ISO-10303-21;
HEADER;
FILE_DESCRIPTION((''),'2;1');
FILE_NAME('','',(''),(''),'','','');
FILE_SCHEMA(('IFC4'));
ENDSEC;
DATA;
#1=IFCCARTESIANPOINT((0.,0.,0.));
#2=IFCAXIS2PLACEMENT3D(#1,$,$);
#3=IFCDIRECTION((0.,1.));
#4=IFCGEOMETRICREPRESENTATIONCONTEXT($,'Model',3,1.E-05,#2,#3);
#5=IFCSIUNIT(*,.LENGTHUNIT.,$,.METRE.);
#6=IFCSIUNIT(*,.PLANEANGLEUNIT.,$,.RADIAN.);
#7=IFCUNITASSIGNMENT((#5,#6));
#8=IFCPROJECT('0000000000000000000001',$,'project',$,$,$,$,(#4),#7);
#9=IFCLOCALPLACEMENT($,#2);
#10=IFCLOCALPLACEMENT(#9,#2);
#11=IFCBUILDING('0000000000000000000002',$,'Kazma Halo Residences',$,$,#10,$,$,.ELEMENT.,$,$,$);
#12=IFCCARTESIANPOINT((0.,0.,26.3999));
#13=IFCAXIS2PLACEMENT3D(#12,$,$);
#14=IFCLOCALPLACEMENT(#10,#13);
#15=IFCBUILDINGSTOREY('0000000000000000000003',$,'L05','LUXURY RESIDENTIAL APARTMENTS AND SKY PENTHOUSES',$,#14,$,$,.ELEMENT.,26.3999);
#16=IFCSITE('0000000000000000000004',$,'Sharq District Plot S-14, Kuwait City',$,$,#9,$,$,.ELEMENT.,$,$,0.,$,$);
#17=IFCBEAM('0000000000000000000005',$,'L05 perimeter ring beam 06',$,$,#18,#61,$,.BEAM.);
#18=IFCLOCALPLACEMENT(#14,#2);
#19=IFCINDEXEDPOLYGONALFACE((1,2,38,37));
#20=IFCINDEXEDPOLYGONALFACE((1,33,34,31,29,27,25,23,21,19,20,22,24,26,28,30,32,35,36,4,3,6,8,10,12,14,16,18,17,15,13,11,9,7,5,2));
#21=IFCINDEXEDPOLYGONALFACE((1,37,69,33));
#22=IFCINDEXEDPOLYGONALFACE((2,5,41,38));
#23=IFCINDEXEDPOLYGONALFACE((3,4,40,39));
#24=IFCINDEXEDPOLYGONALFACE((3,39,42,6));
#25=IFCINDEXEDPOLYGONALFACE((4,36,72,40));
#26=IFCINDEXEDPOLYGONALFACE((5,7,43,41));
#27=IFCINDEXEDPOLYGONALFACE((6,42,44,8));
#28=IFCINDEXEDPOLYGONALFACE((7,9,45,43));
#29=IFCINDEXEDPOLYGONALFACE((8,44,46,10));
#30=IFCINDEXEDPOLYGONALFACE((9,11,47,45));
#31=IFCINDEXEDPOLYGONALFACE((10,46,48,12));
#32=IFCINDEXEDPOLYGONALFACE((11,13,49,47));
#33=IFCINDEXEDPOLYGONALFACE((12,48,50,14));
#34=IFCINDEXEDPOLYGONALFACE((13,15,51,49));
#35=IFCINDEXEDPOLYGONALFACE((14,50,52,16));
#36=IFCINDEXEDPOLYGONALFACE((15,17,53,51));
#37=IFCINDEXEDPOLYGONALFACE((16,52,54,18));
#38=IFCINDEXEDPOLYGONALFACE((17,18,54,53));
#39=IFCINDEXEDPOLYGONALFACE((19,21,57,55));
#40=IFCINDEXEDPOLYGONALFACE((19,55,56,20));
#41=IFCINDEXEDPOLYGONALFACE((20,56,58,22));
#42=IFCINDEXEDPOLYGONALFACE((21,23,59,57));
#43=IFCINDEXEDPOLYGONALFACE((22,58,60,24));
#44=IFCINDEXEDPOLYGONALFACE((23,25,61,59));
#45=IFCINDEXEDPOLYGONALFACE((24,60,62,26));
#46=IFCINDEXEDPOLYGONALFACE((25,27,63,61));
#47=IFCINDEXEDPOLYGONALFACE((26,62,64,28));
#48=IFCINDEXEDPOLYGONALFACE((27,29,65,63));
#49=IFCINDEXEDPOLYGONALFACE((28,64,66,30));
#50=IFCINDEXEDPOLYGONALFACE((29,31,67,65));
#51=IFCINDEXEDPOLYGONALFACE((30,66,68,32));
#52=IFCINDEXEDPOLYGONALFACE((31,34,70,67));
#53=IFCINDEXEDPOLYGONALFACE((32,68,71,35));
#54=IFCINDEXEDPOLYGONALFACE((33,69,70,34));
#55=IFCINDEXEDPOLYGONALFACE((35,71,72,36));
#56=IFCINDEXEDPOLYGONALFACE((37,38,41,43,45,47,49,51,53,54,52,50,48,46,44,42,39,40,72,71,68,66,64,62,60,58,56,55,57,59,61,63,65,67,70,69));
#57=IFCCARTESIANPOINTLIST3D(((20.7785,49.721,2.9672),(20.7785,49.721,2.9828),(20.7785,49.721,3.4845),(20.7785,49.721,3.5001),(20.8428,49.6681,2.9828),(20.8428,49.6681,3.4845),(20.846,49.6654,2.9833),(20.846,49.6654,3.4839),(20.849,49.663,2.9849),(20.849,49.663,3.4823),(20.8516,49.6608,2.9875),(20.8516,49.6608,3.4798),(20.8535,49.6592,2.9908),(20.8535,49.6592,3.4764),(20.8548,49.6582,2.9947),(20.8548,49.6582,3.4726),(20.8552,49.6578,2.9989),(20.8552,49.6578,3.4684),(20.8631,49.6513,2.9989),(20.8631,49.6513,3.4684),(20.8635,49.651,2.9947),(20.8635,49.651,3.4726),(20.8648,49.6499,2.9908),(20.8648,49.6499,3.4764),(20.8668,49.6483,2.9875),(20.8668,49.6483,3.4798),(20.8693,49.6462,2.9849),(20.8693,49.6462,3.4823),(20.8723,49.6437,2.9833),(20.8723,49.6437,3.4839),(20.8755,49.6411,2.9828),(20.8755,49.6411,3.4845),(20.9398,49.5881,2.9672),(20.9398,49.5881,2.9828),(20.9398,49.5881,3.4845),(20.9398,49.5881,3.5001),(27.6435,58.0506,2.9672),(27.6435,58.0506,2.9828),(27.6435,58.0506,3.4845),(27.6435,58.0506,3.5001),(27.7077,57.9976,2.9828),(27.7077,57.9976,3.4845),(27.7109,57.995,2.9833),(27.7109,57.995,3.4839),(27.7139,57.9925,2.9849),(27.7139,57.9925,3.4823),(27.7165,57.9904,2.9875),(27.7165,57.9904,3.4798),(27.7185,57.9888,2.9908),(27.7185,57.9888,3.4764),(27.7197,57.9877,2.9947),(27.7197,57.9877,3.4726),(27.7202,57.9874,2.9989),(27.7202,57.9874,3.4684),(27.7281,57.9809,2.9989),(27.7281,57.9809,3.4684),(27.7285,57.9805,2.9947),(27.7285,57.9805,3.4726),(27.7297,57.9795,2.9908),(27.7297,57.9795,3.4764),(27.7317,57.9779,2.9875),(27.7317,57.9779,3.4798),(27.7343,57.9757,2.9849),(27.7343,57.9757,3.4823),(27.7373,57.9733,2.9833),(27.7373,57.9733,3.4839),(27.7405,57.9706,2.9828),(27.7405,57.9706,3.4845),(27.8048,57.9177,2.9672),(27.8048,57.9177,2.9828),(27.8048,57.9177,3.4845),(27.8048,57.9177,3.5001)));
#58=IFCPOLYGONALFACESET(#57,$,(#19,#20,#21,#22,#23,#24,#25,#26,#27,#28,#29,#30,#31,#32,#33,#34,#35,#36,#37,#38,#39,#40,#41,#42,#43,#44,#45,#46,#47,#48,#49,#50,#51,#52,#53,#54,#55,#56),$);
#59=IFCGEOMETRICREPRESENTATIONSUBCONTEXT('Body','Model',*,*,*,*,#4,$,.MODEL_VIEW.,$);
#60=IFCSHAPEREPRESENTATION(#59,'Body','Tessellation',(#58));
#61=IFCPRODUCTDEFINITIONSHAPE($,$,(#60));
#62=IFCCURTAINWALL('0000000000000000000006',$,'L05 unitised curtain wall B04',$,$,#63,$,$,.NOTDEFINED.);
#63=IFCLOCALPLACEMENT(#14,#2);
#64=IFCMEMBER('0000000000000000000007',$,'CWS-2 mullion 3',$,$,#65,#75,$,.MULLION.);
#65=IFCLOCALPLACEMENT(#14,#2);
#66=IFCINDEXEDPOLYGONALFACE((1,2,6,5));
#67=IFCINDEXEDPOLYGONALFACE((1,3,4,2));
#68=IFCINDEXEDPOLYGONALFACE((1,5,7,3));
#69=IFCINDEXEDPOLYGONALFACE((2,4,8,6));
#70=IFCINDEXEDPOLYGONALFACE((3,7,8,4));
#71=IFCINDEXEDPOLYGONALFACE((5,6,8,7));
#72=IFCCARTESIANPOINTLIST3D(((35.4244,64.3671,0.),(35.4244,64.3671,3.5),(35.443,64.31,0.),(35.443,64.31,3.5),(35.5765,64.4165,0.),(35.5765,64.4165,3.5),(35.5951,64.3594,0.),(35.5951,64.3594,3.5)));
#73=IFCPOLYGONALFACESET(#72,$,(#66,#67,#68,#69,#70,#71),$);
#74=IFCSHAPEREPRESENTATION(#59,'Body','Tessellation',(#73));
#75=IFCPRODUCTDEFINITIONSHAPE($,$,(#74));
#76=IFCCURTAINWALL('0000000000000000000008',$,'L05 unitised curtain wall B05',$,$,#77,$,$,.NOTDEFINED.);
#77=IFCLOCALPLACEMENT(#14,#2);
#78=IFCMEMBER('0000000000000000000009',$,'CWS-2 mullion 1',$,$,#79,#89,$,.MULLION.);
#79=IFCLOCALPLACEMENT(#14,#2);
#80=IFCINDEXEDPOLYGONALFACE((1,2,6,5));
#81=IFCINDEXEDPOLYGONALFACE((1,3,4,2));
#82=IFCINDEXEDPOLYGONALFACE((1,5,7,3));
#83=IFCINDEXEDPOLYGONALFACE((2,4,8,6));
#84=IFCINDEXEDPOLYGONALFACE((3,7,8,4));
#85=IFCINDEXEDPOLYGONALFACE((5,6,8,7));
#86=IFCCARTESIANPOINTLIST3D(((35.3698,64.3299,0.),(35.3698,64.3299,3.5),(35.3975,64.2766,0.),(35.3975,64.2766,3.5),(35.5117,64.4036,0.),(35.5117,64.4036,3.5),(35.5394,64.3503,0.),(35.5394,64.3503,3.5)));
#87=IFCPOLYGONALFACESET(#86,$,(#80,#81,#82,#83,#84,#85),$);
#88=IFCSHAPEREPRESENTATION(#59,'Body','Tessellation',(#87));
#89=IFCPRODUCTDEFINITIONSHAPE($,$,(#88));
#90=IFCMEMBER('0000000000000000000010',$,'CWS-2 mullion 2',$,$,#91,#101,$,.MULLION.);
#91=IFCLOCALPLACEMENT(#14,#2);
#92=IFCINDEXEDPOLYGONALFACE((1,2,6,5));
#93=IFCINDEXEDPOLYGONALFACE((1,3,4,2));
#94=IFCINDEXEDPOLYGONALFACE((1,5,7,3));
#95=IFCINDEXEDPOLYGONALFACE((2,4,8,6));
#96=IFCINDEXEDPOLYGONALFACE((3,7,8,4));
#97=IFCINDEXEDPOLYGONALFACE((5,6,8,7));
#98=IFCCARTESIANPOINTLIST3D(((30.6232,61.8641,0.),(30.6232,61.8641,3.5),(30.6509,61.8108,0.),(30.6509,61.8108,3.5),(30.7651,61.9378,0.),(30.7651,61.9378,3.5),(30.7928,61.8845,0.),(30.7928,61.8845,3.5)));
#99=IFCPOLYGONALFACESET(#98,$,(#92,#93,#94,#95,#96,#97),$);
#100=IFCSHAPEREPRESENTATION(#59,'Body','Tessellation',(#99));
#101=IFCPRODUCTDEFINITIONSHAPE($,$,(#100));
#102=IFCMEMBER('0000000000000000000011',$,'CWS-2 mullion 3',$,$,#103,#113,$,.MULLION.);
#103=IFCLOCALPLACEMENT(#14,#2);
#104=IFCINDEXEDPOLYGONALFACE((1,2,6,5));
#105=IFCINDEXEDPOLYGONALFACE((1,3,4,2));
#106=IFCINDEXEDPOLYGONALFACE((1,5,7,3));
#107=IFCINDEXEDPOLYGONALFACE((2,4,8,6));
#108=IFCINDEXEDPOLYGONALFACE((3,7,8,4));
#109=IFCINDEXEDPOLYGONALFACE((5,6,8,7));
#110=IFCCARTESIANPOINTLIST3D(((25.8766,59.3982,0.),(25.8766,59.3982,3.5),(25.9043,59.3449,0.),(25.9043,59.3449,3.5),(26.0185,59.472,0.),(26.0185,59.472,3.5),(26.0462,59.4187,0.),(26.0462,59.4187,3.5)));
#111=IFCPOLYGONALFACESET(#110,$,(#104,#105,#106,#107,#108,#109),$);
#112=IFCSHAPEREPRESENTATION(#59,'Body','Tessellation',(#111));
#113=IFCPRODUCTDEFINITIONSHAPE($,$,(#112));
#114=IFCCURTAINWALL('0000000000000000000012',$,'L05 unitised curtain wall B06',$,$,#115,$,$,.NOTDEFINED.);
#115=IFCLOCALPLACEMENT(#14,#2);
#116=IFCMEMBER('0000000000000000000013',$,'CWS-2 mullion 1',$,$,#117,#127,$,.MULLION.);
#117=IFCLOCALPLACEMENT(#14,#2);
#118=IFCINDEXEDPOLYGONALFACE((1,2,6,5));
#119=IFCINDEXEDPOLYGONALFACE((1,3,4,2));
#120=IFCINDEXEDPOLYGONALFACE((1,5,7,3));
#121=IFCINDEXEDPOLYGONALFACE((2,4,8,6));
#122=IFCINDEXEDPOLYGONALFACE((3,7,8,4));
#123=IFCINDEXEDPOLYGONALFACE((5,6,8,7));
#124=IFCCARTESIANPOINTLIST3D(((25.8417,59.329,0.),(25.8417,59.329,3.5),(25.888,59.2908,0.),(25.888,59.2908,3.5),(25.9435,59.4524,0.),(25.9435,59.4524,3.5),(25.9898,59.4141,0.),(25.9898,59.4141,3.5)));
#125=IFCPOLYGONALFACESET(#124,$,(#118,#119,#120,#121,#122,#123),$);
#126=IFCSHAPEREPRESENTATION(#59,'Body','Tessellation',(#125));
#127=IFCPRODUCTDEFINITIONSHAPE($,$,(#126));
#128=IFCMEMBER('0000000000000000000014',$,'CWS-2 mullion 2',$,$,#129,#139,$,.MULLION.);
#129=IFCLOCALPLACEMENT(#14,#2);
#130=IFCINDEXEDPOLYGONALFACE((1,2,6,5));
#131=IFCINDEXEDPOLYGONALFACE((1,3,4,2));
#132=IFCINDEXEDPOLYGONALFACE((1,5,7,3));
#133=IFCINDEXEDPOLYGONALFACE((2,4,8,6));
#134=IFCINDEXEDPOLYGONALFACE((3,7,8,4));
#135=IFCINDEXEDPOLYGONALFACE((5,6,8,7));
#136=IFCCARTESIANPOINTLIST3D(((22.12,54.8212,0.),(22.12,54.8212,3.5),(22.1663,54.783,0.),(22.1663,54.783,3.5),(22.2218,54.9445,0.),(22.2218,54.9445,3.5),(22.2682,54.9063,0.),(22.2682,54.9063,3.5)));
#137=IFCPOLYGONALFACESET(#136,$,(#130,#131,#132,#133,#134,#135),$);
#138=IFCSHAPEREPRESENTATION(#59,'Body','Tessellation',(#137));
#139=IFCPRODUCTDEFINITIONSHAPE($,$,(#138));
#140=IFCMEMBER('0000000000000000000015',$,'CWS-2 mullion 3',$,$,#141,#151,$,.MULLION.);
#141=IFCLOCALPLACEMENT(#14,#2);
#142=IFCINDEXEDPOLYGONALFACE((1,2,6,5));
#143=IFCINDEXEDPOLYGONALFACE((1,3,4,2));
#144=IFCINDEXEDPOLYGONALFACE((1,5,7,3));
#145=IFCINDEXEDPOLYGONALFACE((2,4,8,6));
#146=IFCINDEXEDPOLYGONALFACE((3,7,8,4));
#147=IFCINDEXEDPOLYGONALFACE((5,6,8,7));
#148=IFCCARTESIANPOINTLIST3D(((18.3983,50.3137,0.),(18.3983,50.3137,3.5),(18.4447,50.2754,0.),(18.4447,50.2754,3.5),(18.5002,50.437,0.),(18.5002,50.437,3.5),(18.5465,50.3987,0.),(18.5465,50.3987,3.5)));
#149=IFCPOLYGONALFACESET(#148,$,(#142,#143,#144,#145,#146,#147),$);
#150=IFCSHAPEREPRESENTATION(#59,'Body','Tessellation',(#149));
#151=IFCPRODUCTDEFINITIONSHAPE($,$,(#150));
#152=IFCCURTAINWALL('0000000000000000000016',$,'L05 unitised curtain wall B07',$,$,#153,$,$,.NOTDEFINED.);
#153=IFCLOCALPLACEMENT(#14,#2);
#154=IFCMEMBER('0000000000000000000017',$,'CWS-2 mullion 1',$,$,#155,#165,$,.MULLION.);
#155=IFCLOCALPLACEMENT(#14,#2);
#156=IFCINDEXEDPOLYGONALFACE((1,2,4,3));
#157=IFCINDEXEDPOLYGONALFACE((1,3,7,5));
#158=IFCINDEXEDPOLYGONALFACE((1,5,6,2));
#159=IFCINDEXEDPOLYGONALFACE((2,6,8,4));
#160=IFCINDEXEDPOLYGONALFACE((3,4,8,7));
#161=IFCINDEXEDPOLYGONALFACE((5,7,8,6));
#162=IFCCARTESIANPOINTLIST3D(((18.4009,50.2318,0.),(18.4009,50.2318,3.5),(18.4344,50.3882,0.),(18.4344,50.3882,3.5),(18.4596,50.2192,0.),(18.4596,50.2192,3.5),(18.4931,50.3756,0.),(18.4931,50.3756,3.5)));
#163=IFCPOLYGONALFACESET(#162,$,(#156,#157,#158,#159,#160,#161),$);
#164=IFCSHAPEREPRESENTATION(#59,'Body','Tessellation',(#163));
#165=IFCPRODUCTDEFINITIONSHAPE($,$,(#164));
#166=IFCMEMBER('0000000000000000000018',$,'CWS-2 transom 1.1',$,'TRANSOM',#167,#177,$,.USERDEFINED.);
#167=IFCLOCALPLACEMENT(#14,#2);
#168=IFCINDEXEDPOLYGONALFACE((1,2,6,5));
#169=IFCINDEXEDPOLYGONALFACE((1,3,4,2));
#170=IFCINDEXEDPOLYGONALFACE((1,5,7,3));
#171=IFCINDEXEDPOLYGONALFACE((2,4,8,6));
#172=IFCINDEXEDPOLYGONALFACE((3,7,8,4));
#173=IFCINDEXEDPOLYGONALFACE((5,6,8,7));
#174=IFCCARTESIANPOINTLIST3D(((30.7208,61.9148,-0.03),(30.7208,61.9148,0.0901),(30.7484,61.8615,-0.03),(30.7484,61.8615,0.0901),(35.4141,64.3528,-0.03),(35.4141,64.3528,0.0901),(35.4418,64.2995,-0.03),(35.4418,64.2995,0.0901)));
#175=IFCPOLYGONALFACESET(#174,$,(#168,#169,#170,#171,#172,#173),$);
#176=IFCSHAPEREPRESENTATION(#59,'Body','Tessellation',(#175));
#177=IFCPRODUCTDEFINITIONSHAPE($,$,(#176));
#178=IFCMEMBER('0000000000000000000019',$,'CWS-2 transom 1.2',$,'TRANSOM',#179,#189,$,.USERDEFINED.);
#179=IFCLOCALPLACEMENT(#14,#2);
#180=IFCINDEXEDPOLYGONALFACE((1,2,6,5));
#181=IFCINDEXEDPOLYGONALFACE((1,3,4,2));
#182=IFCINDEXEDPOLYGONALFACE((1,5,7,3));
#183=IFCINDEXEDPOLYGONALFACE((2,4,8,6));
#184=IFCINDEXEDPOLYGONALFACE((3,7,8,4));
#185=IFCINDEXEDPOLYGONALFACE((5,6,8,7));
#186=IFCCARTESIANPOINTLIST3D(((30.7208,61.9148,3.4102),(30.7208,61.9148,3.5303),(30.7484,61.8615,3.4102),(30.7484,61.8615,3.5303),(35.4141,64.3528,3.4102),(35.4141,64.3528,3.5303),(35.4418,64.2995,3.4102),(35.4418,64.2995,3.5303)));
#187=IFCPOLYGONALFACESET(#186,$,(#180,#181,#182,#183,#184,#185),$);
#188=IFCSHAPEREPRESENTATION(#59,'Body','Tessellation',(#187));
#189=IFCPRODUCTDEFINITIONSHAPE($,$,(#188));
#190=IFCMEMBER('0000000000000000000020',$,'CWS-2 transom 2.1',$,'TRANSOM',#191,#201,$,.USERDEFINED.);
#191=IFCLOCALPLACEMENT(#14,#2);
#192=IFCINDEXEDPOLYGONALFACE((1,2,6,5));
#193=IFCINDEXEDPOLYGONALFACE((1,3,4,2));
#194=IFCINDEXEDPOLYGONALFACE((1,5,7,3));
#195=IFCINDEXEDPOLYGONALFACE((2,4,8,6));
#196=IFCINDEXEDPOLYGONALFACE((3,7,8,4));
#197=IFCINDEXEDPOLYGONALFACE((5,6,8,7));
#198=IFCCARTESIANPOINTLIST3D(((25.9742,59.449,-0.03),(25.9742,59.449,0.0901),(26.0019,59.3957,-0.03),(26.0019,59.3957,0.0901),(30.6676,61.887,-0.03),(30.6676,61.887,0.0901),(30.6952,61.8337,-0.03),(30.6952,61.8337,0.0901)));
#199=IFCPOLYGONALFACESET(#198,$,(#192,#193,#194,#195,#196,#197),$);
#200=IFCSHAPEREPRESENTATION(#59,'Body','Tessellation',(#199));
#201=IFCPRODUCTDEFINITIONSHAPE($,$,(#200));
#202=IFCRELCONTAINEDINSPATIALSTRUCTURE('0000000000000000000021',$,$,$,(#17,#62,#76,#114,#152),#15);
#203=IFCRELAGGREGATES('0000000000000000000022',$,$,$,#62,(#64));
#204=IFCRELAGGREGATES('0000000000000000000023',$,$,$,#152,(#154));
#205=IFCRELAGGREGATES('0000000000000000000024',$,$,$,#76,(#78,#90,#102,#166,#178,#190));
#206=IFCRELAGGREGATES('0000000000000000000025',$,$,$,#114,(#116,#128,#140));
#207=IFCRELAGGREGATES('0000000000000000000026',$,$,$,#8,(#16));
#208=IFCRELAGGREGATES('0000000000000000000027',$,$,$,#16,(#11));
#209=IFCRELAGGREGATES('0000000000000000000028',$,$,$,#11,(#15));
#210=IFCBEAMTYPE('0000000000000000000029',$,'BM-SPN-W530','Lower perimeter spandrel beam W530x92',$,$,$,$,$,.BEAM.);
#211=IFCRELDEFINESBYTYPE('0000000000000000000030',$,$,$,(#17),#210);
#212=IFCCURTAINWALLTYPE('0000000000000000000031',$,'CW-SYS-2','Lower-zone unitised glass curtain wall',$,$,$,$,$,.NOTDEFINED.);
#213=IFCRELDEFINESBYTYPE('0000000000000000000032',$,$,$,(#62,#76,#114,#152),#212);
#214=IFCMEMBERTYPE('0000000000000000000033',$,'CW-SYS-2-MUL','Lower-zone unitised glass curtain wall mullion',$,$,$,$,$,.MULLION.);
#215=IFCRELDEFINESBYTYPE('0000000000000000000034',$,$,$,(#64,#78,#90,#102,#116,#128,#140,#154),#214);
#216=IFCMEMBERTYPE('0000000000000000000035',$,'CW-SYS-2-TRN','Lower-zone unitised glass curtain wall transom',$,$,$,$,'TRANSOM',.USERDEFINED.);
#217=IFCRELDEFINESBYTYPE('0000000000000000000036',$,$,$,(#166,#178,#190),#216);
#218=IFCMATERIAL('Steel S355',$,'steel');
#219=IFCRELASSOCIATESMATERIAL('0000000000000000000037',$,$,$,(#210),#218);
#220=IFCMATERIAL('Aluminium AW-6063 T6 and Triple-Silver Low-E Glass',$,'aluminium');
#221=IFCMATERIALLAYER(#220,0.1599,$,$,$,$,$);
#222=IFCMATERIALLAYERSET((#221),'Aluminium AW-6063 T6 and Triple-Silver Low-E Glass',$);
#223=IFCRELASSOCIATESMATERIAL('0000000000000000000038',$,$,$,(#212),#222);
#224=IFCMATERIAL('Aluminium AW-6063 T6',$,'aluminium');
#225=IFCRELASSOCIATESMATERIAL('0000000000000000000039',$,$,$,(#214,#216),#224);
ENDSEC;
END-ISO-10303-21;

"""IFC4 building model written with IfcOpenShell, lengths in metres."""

from ifc_helpers import new_model, si_unit, direction, frame, origin, origin_2d, place, context, subcontext, project, spatial, rectangle, i_section, extrude, material, layer, layer_set, material_profile, profile_set, type_object, element, aggregate, save


model = new_model("IFC4")

# Units and contexts
model_context = context("Model", 3, precision=1e-05, world=origin(), true_north=direction((0.0, 1.0)))
body_context = subcontext(model_context, "Body", "Model", "MODEL_VIEW")
ifc_project = project(units=[si_unit("LENGTHUNIT", "METRE"), si_unit("PLANEANGLEUNIT", "RADIAN")], contexts=[model_context])

# Site, building, storey
site_placement = place(None, origin())
site = spatial("IfcSite", under=ifc_project, at=site_placement, Name="Sharq District Plot S-14, Kuwait City", CompositionType="ELEMENT", RefElevation=0.0)
building_placement = place(site_placement, origin())
building = spatial("IfcBuilding", under=site, at=building_placement, Name="Kazma Halo Residences", CompositionType="ELEMENT")
storey_placement = place(building_placement, frame((0.0, 0.0, 26.3999)))
storey = spatial("IfcBuildingStorey", under=building, at=storey_placement, Name="L05", Description="LUXURY RESIDENTIAL APARTMENTS AND SKY PENTHOUSES", CompositionType="ELEMENT", Elevation=26.3999)

# Beam
ifc_material_1 = material(Name="Steel S355", Category="steel")
ifc_material_profile_1 = material_profile(ifc_material_1, i_section(OverallWidth=0.209, OverallDepth=0.533, WebThickness=0.0103, FlangeThickness=0.0156, FilletRadius=0.0161, at=origin_2d()), Name="W530x92")
ifc_profile_set_1 = profile_set([ifc_material_profile_1], Name="Steel S355")
beam_type_1 = type_object("IfcBeamType", Name="BM-SPN-W530", Description="Lower perimeter spandrel beam W530x92", PredefinedType="BEAM", material=ifc_profile_set_1)
beam_1_placement = place(storey_placement, frame((27.7241, 57.9841, 3.2336), z_axis=(-0.636001, -0.771688, 0.0), x_axis=(0.771688, -0.636001, 0.0)))
element("IfcBeam", 1, at=beam_1_placement, inside=storey, type_object=beam_type_1, Name="L05 perimeter ring beam 06", PredefinedType="BEAM", context=body_context, shape_type="SweptSolid", body=[
    extrude(i_section(OverallWidth=0.209, OverallDepth=0.533, WebThickness=0.0103, FlangeThickness=0.0156, FilletRadius=0.0161, at=origin_2d()), origin(), (0.0, 0.0, 1.0), 10.7939),
])

# Curtain wall, member
ifc_material_2 = material(Name="Aluminium AW-6063 T6 and Triple-Silver Low-E Glass", Category="aluminium")
ifc_layer_1 = layer(ifc_material_2, 0.1599)
ifc_layer_set_1 = layer_set([ifc_layer_1], Name="Aluminium AW-6063 T6 and Triple-Silver Low-E Glass")
curtain_wall_type = type_object("IfcCurtainWallType", Name="CW-SYS-2", Description="Lower-zone unitised glass curtain wall", PredefinedType="NOTDEFINED", material=ifc_layer_set_1)
curtain_wall_1_placement = place(storey_placement, origin())
curtain_wall_1 = element("IfcCurtainWall", 2, at=curtain_wall_1_placement, inside=storey, type_object=curtain_wall_type, Name="L05 unitised curtain wall B04", PredefinedType="NOTDEFINED")
ifc_material_3 = material(Name="Aluminium AW-6063 T6", Category="aluminium")
ifc_material_profile_2 = material_profile(ifc_material_3, rectangle(XDim=0.0601, YDim=0.1599, at=origin_2d()), Name="CWM-60x160")
ifc_profile_set_2 = profile_set([ifc_material_profile_2], Name="Aluminium AW-6063 T6")
member_type_1 = type_object("IfcMemberType", Name="CW-SYS-2-MUL", Description="Lower-zone unitised glass curtain wall mullion", PredefinedType="MULLION", material=ifc_profile_set_2)
member_1_placement = place(storey_placement, frame((35.5098, 64.3633, 0.0), z_axis=(0.0, 0.0, 1.0), x_axis=(0.309013, -0.951058, 0.0)))
member_1 = element("IfcMember", 3, at=member_1_placement, type_object=member_type_1, Name="CWS-2 mullion 3", PredefinedType="MULLION", context=body_context, shape_type="SweptSolid", body=[
    extrude(rectangle(XDim=0.0601, YDim=0.1599, at=origin_2d()), origin(), (0.0, 0.0, 1.0), 3.5),
])
aggregate(curtain_wall_1, [member_1])

# Curtain walls, members
curtain_wall_2_placement = place(storey_placement, origin())
curtain_wall_2 = element("IfcCurtainWall", 4, at=curtain_wall_2_placement, inside=storey, type_object=curtain_wall_type, Name="L05 unitised curtain wall B05", PredefinedType="NOTDEFINED")
member_2_placement = place(storey_placement, frame((35.4546, 64.3401, 0.0), z_axis=(0.0, 0.0, 1.0), x_axis=(0.460996, -0.887402, 0.0)))
member_2 = element("IfcMember", 5, at=member_2_placement, type_object=member_type_1, Name="CWS-2 mullion 1", PredefinedType="MULLION", context=body_context, shape_type="SweptSolid", body=[
    extrude(rectangle(XDim=0.0601, YDim=0.1599, at=origin_2d()), origin(), (0.0, 0.0, 1.0), 3.5),
])
member_3_placement = place(storey_placement, frame((30.708, 61.8743, 0.0), z_axis=(0.0, 0.0, 1.0), x_axis=(0.460996, -0.887402, 0.0)))
member_3 = element("IfcMember", 6, at=member_3_placement, type_object=member_type_1, Name="CWS-2 mullion 2", PredefinedType="MULLION", context=body_context, shape_type="SweptSolid", body=[
    extrude(rectangle(XDim=0.0601, YDim=0.1599, at=origin_2d()), origin(), (0.0, 0.0, 1.0), 3.5),
])
member_4_placement = place(storey_placement, frame((25.9614, 59.4084, 0.0), z_axis=(0.0, 0.0, 1.0), x_axis=(0.460996, -0.887402, 0.0)))
member_4 = element("IfcMember", 7, at=member_4_placement, type_object=member_type_1, Name="CWS-2 mullion 3", PredefinedType="MULLION", context=body_context, shape_type="SweptSolid", body=[
    extrude(rectangle(XDim=0.0601, YDim=0.1599, at=origin_2d()), origin(), (0.0, 0.0, 1.0), 3.5),
])
curtain_wall_3_placement = place(storey_placement, origin())
curtain_wall_3 = element("IfcCurtainWall", 8, at=curtain_wall_3_placement, inside=storey, type_object=curtain_wall_type, Name="L05 unitised curtain wall B06", PredefinedType="NOTDEFINED")
member_5_placement = place(storey_placement, frame((25.9158, 59.3716, 0.0), z_axis=(0.0, 0.0, 1.0), x_axis=(0.771135, -0.636671, 0.0)))
member_5 = element("IfcMember", 9, at=member_5_placement, type_object=member_type_1, Name="CWS-2 mullion 1", PredefinedType="MULLION", context=body_context, shape_type="SweptSolid", body=[
    extrude(rectangle(XDim=0.0601, YDim=0.1599, at=origin_2d()), origin(), (0.0, 0.0, 1.0), 3.5),
])
member_6_placement = place(storey_placement, frame((22.1941, 54.8638, 0.0), z_axis=(0.0, 0.0, 1.0), x_axis=(0.771135, -0.636671, 0.0)))
member_6 = element("IfcMember", 10, at=member_6_placement, type_object=member_type_1, Name="CWS-2 mullion 2", PredefinedType="MULLION", context=body_context, shape_type="SweptSolid", body=[
    extrude(rectangle(XDim=0.0601, YDim=0.1599, at=origin_2d()), origin(), (0.0, 0.0, 1.0), 3.5),
])
member_7_placement = place(storey_placement, frame((18.4724, 50.3562, 0.0), z_axis=(0.0, 0.0, 1.0), x_axis=(0.771135, -0.636671, 0.0)))
member_7 = element("IfcMember", 11, at=member_7_placement, type_object=member_type_1, Name="CWS-2 mullion 3", PredefinedType="MULLION", context=body_context, shape_type="SweptSolid", body=[
    extrude(rectangle(XDim=0.0601, YDim=0.1599, at=origin_2d()), origin(), (0.0, 0.0, 1.0), 3.5),
])

# Curtain wall, member
curtain_wall_4_placement = place(storey_placement, origin())
curtain_wall_4 = element("IfcCurtainWall", 12, at=curtain_wall_4_placement, inside=storey, type_object=curtain_wall_type, Name="L05 unitised curtain wall B07", PredefinedType="NOTDEFINED")
member_8_placement = place(storey_placement, frame((18.447, 50.3037, 0.0), z_axis=(0.0, 0.0, 1.0), x_axis=(0.977779, -0.209637, 0.0)))
member_8 = element("IfcMember", 13, at=member_8_placement, type_object=member_type_1, Name="CWS-2 mullion 1", PredefinedType="MULLION", context=body_context, shape_type="SweptSolid", body=[
    extrude(rectangle(XDim=0.0601, YDim=0.1599, at=origin_2d()), origin(), (0.0, 0.0, 1.0), 3.5),
])
aggregate(curtain_wall_4, [member_8])

# Members
ifc_material_profile_3 = material_profile(ifc_material_3, rectangle(XDim=0.0601, YDim=0.1201, at=origin_2d()), Name="CWT-60x120")
ifc_profile_set_3 = profile_set([ifc_material_profile_3], Name="Aluminium AW-6063 T6")
member_type_2 = type_object("IfcMemberType", Name="CW-SYS-2-TRN", Description="Lower-zone unitised glass curtain wall transom", ElementType="TRANSOM", PredefinedType="USERDEFINED", material=ifc_profile_set_3)
member_9_placement = place(storey_placement, frame((35.428, 64.3262, 0.03), z_axis=(-0.887415, -0.460972, 0.0), x_axis=(0.460972, -0.887415, 0.0)))
member_9 = element("IfcMember", 14, at=member_9_placement, type_object=member_type_2, Name="CWS-2 transom 1.1", ObjectType="TRANSOM", PredefinedType="USERDEFINED", context=body_context, shape_type="SweptSolid", body=[
    extrude(rectangle(XDim=0.0601, YDim=0.1201, at=origin_2d()), origin(), (0.0, 0.0, 1.0), 5.2888),
])
member_10_placement = place(storey_placement, frame((35.428, 64.3262, 3.4702), z_axis=(-0.887415, -0.460972, 0.0), x_axis=(0.460972, -0.887415, 0.0)))
member_10 = element("IfcMember", 15, at=member_10_placement, type_object=member_type_2, Name="CWS-2 transom 1.2", ObjectType="TRANSOM", PredefinedType="USERDEFINED", context=body_context, shape_type="SweptSolid", body=[
    extrude(rectangle(XDim=0.0601, YDim=0.1201, at=origin_2d()), origin(), (0.0, 0.0, 1.0), 5.2888),
])
member_11_placement = place(storey_placement, frame((30.6814, 61.8604, 0.03), z_axis=(-0.887415, -0.460972, 0.0), x_axis=(0.460972, -0.887415, 0.0)))
member_11 = element("IfcMember", 16, at=member_11_placement, type_object=member_type_2, Name="CWS-2 transom 2.1", ObjectType="TRANSOM", PredefinedType="USERDEFINED", context=body_context, shape_type="SweptSolid", body=[
    extrude(rectangle(XDim=0.0601, YDim=0.1201, at=origin_2d()), origin(), (0.0, 0.0, 1.0), 5.2888),
])

aggregate(curtain_wall_2, [member_2, member_3, member_4, member_9, member_10, member_11])
aggregate(curtain_wall_3, [member_5, member_6, member_7])

save(model, "model.ifc")
